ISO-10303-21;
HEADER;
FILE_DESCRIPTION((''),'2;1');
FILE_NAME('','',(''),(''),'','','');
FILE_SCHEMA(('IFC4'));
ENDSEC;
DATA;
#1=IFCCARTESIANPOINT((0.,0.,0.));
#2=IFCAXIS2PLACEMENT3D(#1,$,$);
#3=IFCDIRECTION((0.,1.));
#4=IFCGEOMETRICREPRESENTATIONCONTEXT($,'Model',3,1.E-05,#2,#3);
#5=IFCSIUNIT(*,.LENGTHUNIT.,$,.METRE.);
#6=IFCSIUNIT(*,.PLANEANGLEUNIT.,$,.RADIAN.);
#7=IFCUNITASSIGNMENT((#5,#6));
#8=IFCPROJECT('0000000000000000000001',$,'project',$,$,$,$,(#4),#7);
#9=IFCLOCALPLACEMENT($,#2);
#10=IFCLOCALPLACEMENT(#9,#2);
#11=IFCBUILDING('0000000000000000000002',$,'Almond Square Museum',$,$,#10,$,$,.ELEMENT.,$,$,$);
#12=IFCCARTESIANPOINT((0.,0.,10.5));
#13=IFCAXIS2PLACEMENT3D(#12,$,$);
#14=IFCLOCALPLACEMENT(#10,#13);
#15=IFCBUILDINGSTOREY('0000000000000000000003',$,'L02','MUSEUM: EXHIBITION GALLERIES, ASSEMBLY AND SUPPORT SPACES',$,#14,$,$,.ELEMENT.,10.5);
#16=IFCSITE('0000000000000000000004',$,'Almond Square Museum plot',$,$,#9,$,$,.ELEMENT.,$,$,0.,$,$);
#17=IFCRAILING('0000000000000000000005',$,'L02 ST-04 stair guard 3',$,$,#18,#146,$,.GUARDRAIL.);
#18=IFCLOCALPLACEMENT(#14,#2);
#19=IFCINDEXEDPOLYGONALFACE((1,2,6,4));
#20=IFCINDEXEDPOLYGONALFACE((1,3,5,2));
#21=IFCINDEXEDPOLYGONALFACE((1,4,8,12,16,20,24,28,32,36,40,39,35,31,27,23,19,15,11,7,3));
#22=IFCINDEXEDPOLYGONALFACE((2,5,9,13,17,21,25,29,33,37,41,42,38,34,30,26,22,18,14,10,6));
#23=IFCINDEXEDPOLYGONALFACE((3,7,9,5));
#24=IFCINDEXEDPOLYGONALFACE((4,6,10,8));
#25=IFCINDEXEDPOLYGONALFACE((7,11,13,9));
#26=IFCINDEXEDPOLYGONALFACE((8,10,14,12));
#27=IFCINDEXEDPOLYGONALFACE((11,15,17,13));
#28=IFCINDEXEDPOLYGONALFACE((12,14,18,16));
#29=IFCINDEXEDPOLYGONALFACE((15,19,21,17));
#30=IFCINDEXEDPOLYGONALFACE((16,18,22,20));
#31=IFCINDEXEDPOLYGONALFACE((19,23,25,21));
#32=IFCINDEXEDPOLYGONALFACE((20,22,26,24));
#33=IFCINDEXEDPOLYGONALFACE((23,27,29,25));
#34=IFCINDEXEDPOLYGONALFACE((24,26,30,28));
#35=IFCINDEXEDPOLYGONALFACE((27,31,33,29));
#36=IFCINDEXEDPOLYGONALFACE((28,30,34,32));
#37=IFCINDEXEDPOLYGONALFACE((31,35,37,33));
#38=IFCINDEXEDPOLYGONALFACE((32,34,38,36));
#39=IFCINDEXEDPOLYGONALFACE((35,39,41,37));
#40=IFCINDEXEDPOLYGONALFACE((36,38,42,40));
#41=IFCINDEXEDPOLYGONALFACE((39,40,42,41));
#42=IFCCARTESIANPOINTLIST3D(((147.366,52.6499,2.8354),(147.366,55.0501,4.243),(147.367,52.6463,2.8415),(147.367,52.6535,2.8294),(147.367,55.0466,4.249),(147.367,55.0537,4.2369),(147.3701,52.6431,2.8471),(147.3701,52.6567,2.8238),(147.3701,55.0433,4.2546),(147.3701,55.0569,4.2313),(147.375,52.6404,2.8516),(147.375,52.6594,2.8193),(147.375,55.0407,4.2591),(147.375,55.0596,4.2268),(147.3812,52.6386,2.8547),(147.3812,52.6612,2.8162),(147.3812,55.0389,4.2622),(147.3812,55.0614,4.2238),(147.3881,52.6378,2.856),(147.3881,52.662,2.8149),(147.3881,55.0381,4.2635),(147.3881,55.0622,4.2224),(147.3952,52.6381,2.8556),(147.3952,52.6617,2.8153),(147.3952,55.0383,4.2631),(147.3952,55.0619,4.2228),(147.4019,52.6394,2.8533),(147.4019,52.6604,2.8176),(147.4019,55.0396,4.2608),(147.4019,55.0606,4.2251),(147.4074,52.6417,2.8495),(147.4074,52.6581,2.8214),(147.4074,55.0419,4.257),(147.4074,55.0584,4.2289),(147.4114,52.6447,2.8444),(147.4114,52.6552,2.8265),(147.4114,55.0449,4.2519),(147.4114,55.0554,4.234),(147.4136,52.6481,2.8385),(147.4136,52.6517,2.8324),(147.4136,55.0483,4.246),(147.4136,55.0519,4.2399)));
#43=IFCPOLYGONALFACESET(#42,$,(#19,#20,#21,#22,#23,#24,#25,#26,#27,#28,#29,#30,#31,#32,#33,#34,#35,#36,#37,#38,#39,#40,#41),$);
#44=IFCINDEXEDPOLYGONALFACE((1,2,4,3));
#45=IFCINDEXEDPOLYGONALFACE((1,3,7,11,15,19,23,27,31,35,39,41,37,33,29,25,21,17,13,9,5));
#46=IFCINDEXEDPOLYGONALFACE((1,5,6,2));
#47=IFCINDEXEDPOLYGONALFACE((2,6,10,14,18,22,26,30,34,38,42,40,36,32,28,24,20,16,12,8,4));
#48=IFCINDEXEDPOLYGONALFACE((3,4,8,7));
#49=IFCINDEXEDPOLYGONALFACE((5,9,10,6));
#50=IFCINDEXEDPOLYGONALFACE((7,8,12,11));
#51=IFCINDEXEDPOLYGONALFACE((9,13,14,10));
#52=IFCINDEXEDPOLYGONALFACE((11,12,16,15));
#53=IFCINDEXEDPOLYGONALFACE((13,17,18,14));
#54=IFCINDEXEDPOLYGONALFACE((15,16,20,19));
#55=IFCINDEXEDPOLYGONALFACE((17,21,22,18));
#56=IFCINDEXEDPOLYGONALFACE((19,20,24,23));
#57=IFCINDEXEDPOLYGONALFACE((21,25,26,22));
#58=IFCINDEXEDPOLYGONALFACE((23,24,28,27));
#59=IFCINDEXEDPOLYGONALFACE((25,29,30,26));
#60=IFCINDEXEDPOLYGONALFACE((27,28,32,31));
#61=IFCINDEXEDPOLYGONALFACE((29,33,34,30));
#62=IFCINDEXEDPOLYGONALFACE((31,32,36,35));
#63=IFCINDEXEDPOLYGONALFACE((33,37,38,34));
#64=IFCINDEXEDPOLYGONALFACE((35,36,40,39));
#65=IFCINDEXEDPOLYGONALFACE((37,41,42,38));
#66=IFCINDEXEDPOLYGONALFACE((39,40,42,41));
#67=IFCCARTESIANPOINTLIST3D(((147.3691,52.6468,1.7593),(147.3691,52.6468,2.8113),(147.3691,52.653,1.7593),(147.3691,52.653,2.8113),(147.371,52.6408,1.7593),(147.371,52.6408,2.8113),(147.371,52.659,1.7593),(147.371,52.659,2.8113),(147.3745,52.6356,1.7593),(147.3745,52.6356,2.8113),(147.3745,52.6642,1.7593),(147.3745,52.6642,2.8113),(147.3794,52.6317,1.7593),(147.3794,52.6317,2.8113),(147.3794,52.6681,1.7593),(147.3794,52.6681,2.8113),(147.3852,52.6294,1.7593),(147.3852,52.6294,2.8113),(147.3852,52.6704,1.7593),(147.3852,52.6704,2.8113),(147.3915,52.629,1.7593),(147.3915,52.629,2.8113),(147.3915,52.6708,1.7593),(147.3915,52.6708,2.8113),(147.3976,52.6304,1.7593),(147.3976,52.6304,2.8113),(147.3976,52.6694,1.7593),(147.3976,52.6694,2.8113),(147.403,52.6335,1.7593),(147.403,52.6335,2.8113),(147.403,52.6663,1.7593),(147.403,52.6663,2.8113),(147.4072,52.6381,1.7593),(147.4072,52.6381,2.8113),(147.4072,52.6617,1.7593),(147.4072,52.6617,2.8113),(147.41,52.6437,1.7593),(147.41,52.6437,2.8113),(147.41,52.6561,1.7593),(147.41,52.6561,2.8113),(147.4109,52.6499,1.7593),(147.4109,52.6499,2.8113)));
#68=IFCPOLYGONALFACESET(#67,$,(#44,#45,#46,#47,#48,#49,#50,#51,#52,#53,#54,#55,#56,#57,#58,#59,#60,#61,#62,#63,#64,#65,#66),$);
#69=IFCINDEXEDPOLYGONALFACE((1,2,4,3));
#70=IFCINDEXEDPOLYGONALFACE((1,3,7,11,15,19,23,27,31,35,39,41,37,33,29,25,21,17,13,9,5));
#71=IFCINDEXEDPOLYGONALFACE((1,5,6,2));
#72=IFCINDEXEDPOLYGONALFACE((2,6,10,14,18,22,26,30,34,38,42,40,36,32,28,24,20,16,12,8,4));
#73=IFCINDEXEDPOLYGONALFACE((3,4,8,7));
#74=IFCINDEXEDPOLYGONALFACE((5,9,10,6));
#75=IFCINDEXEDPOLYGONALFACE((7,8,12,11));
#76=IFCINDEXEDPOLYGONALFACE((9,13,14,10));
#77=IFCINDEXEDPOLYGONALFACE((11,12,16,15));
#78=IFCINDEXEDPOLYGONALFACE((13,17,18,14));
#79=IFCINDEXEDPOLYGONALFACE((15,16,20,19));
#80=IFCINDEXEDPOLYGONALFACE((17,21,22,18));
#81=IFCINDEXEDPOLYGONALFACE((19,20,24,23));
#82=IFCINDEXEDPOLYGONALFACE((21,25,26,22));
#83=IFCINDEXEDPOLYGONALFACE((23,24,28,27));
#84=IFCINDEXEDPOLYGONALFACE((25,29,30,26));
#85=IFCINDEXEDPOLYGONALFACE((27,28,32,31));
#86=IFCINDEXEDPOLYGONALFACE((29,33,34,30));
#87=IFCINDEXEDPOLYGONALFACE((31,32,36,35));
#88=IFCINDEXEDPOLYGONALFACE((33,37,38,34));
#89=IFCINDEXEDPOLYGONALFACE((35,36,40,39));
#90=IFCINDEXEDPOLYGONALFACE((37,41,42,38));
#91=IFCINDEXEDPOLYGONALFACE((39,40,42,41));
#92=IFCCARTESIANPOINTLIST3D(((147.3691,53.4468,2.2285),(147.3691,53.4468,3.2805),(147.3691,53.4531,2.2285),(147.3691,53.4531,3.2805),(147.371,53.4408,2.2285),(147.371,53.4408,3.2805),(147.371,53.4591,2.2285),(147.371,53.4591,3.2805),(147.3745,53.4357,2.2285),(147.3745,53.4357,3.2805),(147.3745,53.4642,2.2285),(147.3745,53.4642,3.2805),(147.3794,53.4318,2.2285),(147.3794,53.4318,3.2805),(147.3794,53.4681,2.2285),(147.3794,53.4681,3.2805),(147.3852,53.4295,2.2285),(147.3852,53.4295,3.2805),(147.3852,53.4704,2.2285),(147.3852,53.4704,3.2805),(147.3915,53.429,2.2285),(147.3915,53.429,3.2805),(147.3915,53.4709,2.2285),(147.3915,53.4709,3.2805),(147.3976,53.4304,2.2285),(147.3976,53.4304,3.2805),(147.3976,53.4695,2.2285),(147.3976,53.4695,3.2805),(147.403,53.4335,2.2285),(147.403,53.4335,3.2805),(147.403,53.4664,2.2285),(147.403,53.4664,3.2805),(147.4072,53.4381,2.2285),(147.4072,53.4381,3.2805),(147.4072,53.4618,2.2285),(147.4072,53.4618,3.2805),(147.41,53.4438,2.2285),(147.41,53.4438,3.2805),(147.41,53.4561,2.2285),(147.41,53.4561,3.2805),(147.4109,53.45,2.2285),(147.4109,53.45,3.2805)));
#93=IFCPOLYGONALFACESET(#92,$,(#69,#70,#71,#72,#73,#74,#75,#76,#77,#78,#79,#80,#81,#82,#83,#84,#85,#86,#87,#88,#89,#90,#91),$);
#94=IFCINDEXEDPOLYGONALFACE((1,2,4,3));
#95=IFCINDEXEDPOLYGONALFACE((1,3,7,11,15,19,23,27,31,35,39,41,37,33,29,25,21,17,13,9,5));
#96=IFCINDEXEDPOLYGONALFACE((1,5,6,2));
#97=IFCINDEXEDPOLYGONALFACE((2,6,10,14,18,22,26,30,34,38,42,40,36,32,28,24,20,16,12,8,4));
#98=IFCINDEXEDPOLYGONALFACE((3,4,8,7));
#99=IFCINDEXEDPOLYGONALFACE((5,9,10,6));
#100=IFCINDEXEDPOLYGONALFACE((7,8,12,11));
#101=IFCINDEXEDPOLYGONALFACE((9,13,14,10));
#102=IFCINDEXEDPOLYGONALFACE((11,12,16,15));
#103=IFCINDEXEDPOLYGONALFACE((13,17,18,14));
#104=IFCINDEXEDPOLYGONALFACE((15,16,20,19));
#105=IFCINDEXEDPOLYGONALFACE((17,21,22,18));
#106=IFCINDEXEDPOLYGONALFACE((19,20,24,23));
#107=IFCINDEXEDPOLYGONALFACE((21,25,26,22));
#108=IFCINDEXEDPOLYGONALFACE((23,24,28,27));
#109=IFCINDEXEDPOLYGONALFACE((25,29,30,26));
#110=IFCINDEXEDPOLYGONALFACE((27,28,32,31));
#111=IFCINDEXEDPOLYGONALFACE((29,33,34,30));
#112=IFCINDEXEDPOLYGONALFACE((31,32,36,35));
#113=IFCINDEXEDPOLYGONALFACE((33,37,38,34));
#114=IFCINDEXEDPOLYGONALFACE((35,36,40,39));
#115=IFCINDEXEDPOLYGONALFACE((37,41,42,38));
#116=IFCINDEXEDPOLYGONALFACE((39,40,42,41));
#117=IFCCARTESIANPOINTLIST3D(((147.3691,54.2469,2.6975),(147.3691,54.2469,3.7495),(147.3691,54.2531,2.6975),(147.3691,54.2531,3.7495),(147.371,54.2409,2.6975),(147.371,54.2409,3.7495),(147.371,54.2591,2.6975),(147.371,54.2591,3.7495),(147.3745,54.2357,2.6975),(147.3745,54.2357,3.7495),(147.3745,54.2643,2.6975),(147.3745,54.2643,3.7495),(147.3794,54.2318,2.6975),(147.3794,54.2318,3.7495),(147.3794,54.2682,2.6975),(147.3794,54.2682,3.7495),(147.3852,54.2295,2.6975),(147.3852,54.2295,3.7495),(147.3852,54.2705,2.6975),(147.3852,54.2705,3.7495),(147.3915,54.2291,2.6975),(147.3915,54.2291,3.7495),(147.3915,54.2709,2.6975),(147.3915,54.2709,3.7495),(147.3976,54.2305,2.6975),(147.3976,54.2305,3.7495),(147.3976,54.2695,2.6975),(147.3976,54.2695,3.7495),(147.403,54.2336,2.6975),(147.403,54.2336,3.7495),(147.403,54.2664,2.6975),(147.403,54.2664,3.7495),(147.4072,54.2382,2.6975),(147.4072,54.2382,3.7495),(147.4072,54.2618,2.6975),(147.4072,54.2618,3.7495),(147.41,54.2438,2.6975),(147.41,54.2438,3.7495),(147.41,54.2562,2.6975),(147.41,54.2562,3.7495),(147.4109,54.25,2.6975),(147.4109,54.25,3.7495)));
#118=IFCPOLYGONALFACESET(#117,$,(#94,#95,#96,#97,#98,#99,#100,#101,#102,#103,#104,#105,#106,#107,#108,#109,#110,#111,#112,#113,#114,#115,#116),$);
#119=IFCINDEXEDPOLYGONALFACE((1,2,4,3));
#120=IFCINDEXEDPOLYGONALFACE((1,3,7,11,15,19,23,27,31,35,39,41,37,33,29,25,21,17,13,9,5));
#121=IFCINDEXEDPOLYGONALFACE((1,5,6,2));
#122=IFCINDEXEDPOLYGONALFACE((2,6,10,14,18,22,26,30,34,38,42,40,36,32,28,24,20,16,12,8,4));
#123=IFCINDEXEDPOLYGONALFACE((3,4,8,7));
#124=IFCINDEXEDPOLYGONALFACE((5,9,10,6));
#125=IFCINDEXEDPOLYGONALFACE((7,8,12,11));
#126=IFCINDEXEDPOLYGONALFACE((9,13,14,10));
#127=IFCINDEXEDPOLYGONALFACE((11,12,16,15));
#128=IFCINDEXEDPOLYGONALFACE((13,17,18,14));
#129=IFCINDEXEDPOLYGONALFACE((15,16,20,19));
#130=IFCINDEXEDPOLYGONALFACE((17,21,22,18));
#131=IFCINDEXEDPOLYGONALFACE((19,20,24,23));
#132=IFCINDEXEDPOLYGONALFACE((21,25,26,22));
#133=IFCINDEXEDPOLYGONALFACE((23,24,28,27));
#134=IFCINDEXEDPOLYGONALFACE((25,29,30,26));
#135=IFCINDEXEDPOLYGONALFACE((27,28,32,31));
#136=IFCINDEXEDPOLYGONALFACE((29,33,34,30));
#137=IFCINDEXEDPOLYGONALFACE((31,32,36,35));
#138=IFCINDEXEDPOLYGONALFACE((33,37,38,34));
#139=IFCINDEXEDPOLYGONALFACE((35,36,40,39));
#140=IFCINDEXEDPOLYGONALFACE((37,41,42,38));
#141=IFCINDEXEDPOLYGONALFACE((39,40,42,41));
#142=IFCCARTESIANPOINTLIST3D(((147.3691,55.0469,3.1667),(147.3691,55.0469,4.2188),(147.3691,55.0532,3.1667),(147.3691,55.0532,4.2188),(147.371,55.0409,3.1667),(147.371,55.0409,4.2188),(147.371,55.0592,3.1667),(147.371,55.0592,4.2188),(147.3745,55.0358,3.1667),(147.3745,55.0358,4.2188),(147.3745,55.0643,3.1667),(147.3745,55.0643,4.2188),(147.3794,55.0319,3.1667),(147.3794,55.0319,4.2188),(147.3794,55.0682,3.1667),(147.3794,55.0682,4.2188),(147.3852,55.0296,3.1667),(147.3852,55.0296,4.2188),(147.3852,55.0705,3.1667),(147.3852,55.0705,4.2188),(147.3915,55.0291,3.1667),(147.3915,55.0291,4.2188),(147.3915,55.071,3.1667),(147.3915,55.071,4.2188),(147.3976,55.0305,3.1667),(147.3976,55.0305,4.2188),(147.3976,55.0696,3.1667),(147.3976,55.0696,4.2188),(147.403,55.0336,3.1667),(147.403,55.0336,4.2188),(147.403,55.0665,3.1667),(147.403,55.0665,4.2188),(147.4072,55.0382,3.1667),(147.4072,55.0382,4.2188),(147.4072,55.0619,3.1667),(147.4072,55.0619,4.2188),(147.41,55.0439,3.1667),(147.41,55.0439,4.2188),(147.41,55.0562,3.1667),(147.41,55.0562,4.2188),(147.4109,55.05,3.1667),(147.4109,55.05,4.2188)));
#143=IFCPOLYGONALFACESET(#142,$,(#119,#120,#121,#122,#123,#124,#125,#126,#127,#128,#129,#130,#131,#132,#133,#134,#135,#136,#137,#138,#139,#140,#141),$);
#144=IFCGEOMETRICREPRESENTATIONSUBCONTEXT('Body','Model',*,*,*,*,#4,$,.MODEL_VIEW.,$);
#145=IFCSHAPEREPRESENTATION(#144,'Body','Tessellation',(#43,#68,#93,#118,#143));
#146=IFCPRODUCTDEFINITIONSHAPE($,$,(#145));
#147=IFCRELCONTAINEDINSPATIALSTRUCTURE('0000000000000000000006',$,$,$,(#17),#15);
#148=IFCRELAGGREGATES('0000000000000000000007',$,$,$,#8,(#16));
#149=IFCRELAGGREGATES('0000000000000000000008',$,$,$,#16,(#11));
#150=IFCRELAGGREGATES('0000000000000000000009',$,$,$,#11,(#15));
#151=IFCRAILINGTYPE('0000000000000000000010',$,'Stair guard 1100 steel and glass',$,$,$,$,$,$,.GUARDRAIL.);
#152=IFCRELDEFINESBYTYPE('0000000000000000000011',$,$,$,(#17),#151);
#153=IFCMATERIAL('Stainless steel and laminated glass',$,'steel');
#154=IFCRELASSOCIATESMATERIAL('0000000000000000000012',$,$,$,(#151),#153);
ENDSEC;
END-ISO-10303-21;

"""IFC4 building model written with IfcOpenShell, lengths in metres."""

from ifc_helpers import new_model, si_unit, direction, frame, origin, origin_2d, place, context, subcontext, project, spatial, circle, extrude, material, type_object, element, save


model = new_model("IFC4")

# Units and contexts
model_context = context("Model", 3, precision=1e-05, world=origin(), true_north=direction((0.0, 1.0)))
body_context = subcontext(model_context, "Body", "Model", "MODEL_VIEW")
ifc_project = project(units=[si_unit("LENGTHUNIT", "METRE"), si_unit("PLANEANGLEUNIT", "RADIAN")], contexts=[model_context])

# Site, building, storey
site_placement = place(None, origin())
site = spatial("IfcSite", under=ifc_project, at=site_placement, Name="Almond Square Museum plot", CompositionType="ELEMENT", RefElevation=0.0)
building_placement = place(site_placement, origin())
building = spatial("IfcBuilding", under=site, at=building_placement, Name="Almond Square Museum", CompositionType="ELEMENT")
storey_placement = place(building_placement, frame((0.0, 0.0, 10.5)))
storey = spatial("IfcBuildingStorey", under=building, at=storey_placement, Name="L02", Description="MUSEUM: EXHIBITION GALLERIES, ASSEMBLY AND SUPPORT SPACES", CompositionType="ELEMENT", Elevation=10.5)

# Railing
ifc_material_1 = material(Name="Stainless steel and laminated glass", Category="steel")
railing_type_1 = type_object("IfcRailingType", Name="Stair guard 1100 steel and glass", PredefinedType="GUARDRAIL", material=ifc_material_1)
railing_1_placement = place(storey_placement, frame((147.3899, 52.6499, 1.7593)))
element("IfcRailing", 1, at=railing_1_placement, inside=storey, type_object=railing_type_1, Name="L02 ST-04 stair guard 3", PredefinedType="GUARDRAIL", context=body_context, shape_type="SweptSolid", body=[
    extrude(circle(Radius=0.0239, at=origin_2d()), frame((0.0, 0.0, 1.0762), z_axis=(0.0, 0.862621, 0.50585), x_axis=(-1.0, 0.0, 0.0)), (0.0, 0.0, 1.0), 2.7825),
    extrude(circle(Radius=0.021, at=origin_2d()), origin(), (0.0, 0.0, 1.0), 1.052),
    extrude(circle(Radius=0.021, at=origin_2d()), frame((0.0, 0.8, 0.4692)), (0.0, 0.0, 1.0), 1.052),
    extrude(circle(Radius=0.021, at=origin_2d()), frame((0.0, 1.6001, 0.9382)), (0.0, 0.0, 1.0), 1.052),
    extrude(circle(Radius=0.021, at=origin_2d()), frame((0.0, 2.4001, 1.4075)), (0.0, 0.0, 1.0), 1.052),
])

save(model, "model.ifc")
